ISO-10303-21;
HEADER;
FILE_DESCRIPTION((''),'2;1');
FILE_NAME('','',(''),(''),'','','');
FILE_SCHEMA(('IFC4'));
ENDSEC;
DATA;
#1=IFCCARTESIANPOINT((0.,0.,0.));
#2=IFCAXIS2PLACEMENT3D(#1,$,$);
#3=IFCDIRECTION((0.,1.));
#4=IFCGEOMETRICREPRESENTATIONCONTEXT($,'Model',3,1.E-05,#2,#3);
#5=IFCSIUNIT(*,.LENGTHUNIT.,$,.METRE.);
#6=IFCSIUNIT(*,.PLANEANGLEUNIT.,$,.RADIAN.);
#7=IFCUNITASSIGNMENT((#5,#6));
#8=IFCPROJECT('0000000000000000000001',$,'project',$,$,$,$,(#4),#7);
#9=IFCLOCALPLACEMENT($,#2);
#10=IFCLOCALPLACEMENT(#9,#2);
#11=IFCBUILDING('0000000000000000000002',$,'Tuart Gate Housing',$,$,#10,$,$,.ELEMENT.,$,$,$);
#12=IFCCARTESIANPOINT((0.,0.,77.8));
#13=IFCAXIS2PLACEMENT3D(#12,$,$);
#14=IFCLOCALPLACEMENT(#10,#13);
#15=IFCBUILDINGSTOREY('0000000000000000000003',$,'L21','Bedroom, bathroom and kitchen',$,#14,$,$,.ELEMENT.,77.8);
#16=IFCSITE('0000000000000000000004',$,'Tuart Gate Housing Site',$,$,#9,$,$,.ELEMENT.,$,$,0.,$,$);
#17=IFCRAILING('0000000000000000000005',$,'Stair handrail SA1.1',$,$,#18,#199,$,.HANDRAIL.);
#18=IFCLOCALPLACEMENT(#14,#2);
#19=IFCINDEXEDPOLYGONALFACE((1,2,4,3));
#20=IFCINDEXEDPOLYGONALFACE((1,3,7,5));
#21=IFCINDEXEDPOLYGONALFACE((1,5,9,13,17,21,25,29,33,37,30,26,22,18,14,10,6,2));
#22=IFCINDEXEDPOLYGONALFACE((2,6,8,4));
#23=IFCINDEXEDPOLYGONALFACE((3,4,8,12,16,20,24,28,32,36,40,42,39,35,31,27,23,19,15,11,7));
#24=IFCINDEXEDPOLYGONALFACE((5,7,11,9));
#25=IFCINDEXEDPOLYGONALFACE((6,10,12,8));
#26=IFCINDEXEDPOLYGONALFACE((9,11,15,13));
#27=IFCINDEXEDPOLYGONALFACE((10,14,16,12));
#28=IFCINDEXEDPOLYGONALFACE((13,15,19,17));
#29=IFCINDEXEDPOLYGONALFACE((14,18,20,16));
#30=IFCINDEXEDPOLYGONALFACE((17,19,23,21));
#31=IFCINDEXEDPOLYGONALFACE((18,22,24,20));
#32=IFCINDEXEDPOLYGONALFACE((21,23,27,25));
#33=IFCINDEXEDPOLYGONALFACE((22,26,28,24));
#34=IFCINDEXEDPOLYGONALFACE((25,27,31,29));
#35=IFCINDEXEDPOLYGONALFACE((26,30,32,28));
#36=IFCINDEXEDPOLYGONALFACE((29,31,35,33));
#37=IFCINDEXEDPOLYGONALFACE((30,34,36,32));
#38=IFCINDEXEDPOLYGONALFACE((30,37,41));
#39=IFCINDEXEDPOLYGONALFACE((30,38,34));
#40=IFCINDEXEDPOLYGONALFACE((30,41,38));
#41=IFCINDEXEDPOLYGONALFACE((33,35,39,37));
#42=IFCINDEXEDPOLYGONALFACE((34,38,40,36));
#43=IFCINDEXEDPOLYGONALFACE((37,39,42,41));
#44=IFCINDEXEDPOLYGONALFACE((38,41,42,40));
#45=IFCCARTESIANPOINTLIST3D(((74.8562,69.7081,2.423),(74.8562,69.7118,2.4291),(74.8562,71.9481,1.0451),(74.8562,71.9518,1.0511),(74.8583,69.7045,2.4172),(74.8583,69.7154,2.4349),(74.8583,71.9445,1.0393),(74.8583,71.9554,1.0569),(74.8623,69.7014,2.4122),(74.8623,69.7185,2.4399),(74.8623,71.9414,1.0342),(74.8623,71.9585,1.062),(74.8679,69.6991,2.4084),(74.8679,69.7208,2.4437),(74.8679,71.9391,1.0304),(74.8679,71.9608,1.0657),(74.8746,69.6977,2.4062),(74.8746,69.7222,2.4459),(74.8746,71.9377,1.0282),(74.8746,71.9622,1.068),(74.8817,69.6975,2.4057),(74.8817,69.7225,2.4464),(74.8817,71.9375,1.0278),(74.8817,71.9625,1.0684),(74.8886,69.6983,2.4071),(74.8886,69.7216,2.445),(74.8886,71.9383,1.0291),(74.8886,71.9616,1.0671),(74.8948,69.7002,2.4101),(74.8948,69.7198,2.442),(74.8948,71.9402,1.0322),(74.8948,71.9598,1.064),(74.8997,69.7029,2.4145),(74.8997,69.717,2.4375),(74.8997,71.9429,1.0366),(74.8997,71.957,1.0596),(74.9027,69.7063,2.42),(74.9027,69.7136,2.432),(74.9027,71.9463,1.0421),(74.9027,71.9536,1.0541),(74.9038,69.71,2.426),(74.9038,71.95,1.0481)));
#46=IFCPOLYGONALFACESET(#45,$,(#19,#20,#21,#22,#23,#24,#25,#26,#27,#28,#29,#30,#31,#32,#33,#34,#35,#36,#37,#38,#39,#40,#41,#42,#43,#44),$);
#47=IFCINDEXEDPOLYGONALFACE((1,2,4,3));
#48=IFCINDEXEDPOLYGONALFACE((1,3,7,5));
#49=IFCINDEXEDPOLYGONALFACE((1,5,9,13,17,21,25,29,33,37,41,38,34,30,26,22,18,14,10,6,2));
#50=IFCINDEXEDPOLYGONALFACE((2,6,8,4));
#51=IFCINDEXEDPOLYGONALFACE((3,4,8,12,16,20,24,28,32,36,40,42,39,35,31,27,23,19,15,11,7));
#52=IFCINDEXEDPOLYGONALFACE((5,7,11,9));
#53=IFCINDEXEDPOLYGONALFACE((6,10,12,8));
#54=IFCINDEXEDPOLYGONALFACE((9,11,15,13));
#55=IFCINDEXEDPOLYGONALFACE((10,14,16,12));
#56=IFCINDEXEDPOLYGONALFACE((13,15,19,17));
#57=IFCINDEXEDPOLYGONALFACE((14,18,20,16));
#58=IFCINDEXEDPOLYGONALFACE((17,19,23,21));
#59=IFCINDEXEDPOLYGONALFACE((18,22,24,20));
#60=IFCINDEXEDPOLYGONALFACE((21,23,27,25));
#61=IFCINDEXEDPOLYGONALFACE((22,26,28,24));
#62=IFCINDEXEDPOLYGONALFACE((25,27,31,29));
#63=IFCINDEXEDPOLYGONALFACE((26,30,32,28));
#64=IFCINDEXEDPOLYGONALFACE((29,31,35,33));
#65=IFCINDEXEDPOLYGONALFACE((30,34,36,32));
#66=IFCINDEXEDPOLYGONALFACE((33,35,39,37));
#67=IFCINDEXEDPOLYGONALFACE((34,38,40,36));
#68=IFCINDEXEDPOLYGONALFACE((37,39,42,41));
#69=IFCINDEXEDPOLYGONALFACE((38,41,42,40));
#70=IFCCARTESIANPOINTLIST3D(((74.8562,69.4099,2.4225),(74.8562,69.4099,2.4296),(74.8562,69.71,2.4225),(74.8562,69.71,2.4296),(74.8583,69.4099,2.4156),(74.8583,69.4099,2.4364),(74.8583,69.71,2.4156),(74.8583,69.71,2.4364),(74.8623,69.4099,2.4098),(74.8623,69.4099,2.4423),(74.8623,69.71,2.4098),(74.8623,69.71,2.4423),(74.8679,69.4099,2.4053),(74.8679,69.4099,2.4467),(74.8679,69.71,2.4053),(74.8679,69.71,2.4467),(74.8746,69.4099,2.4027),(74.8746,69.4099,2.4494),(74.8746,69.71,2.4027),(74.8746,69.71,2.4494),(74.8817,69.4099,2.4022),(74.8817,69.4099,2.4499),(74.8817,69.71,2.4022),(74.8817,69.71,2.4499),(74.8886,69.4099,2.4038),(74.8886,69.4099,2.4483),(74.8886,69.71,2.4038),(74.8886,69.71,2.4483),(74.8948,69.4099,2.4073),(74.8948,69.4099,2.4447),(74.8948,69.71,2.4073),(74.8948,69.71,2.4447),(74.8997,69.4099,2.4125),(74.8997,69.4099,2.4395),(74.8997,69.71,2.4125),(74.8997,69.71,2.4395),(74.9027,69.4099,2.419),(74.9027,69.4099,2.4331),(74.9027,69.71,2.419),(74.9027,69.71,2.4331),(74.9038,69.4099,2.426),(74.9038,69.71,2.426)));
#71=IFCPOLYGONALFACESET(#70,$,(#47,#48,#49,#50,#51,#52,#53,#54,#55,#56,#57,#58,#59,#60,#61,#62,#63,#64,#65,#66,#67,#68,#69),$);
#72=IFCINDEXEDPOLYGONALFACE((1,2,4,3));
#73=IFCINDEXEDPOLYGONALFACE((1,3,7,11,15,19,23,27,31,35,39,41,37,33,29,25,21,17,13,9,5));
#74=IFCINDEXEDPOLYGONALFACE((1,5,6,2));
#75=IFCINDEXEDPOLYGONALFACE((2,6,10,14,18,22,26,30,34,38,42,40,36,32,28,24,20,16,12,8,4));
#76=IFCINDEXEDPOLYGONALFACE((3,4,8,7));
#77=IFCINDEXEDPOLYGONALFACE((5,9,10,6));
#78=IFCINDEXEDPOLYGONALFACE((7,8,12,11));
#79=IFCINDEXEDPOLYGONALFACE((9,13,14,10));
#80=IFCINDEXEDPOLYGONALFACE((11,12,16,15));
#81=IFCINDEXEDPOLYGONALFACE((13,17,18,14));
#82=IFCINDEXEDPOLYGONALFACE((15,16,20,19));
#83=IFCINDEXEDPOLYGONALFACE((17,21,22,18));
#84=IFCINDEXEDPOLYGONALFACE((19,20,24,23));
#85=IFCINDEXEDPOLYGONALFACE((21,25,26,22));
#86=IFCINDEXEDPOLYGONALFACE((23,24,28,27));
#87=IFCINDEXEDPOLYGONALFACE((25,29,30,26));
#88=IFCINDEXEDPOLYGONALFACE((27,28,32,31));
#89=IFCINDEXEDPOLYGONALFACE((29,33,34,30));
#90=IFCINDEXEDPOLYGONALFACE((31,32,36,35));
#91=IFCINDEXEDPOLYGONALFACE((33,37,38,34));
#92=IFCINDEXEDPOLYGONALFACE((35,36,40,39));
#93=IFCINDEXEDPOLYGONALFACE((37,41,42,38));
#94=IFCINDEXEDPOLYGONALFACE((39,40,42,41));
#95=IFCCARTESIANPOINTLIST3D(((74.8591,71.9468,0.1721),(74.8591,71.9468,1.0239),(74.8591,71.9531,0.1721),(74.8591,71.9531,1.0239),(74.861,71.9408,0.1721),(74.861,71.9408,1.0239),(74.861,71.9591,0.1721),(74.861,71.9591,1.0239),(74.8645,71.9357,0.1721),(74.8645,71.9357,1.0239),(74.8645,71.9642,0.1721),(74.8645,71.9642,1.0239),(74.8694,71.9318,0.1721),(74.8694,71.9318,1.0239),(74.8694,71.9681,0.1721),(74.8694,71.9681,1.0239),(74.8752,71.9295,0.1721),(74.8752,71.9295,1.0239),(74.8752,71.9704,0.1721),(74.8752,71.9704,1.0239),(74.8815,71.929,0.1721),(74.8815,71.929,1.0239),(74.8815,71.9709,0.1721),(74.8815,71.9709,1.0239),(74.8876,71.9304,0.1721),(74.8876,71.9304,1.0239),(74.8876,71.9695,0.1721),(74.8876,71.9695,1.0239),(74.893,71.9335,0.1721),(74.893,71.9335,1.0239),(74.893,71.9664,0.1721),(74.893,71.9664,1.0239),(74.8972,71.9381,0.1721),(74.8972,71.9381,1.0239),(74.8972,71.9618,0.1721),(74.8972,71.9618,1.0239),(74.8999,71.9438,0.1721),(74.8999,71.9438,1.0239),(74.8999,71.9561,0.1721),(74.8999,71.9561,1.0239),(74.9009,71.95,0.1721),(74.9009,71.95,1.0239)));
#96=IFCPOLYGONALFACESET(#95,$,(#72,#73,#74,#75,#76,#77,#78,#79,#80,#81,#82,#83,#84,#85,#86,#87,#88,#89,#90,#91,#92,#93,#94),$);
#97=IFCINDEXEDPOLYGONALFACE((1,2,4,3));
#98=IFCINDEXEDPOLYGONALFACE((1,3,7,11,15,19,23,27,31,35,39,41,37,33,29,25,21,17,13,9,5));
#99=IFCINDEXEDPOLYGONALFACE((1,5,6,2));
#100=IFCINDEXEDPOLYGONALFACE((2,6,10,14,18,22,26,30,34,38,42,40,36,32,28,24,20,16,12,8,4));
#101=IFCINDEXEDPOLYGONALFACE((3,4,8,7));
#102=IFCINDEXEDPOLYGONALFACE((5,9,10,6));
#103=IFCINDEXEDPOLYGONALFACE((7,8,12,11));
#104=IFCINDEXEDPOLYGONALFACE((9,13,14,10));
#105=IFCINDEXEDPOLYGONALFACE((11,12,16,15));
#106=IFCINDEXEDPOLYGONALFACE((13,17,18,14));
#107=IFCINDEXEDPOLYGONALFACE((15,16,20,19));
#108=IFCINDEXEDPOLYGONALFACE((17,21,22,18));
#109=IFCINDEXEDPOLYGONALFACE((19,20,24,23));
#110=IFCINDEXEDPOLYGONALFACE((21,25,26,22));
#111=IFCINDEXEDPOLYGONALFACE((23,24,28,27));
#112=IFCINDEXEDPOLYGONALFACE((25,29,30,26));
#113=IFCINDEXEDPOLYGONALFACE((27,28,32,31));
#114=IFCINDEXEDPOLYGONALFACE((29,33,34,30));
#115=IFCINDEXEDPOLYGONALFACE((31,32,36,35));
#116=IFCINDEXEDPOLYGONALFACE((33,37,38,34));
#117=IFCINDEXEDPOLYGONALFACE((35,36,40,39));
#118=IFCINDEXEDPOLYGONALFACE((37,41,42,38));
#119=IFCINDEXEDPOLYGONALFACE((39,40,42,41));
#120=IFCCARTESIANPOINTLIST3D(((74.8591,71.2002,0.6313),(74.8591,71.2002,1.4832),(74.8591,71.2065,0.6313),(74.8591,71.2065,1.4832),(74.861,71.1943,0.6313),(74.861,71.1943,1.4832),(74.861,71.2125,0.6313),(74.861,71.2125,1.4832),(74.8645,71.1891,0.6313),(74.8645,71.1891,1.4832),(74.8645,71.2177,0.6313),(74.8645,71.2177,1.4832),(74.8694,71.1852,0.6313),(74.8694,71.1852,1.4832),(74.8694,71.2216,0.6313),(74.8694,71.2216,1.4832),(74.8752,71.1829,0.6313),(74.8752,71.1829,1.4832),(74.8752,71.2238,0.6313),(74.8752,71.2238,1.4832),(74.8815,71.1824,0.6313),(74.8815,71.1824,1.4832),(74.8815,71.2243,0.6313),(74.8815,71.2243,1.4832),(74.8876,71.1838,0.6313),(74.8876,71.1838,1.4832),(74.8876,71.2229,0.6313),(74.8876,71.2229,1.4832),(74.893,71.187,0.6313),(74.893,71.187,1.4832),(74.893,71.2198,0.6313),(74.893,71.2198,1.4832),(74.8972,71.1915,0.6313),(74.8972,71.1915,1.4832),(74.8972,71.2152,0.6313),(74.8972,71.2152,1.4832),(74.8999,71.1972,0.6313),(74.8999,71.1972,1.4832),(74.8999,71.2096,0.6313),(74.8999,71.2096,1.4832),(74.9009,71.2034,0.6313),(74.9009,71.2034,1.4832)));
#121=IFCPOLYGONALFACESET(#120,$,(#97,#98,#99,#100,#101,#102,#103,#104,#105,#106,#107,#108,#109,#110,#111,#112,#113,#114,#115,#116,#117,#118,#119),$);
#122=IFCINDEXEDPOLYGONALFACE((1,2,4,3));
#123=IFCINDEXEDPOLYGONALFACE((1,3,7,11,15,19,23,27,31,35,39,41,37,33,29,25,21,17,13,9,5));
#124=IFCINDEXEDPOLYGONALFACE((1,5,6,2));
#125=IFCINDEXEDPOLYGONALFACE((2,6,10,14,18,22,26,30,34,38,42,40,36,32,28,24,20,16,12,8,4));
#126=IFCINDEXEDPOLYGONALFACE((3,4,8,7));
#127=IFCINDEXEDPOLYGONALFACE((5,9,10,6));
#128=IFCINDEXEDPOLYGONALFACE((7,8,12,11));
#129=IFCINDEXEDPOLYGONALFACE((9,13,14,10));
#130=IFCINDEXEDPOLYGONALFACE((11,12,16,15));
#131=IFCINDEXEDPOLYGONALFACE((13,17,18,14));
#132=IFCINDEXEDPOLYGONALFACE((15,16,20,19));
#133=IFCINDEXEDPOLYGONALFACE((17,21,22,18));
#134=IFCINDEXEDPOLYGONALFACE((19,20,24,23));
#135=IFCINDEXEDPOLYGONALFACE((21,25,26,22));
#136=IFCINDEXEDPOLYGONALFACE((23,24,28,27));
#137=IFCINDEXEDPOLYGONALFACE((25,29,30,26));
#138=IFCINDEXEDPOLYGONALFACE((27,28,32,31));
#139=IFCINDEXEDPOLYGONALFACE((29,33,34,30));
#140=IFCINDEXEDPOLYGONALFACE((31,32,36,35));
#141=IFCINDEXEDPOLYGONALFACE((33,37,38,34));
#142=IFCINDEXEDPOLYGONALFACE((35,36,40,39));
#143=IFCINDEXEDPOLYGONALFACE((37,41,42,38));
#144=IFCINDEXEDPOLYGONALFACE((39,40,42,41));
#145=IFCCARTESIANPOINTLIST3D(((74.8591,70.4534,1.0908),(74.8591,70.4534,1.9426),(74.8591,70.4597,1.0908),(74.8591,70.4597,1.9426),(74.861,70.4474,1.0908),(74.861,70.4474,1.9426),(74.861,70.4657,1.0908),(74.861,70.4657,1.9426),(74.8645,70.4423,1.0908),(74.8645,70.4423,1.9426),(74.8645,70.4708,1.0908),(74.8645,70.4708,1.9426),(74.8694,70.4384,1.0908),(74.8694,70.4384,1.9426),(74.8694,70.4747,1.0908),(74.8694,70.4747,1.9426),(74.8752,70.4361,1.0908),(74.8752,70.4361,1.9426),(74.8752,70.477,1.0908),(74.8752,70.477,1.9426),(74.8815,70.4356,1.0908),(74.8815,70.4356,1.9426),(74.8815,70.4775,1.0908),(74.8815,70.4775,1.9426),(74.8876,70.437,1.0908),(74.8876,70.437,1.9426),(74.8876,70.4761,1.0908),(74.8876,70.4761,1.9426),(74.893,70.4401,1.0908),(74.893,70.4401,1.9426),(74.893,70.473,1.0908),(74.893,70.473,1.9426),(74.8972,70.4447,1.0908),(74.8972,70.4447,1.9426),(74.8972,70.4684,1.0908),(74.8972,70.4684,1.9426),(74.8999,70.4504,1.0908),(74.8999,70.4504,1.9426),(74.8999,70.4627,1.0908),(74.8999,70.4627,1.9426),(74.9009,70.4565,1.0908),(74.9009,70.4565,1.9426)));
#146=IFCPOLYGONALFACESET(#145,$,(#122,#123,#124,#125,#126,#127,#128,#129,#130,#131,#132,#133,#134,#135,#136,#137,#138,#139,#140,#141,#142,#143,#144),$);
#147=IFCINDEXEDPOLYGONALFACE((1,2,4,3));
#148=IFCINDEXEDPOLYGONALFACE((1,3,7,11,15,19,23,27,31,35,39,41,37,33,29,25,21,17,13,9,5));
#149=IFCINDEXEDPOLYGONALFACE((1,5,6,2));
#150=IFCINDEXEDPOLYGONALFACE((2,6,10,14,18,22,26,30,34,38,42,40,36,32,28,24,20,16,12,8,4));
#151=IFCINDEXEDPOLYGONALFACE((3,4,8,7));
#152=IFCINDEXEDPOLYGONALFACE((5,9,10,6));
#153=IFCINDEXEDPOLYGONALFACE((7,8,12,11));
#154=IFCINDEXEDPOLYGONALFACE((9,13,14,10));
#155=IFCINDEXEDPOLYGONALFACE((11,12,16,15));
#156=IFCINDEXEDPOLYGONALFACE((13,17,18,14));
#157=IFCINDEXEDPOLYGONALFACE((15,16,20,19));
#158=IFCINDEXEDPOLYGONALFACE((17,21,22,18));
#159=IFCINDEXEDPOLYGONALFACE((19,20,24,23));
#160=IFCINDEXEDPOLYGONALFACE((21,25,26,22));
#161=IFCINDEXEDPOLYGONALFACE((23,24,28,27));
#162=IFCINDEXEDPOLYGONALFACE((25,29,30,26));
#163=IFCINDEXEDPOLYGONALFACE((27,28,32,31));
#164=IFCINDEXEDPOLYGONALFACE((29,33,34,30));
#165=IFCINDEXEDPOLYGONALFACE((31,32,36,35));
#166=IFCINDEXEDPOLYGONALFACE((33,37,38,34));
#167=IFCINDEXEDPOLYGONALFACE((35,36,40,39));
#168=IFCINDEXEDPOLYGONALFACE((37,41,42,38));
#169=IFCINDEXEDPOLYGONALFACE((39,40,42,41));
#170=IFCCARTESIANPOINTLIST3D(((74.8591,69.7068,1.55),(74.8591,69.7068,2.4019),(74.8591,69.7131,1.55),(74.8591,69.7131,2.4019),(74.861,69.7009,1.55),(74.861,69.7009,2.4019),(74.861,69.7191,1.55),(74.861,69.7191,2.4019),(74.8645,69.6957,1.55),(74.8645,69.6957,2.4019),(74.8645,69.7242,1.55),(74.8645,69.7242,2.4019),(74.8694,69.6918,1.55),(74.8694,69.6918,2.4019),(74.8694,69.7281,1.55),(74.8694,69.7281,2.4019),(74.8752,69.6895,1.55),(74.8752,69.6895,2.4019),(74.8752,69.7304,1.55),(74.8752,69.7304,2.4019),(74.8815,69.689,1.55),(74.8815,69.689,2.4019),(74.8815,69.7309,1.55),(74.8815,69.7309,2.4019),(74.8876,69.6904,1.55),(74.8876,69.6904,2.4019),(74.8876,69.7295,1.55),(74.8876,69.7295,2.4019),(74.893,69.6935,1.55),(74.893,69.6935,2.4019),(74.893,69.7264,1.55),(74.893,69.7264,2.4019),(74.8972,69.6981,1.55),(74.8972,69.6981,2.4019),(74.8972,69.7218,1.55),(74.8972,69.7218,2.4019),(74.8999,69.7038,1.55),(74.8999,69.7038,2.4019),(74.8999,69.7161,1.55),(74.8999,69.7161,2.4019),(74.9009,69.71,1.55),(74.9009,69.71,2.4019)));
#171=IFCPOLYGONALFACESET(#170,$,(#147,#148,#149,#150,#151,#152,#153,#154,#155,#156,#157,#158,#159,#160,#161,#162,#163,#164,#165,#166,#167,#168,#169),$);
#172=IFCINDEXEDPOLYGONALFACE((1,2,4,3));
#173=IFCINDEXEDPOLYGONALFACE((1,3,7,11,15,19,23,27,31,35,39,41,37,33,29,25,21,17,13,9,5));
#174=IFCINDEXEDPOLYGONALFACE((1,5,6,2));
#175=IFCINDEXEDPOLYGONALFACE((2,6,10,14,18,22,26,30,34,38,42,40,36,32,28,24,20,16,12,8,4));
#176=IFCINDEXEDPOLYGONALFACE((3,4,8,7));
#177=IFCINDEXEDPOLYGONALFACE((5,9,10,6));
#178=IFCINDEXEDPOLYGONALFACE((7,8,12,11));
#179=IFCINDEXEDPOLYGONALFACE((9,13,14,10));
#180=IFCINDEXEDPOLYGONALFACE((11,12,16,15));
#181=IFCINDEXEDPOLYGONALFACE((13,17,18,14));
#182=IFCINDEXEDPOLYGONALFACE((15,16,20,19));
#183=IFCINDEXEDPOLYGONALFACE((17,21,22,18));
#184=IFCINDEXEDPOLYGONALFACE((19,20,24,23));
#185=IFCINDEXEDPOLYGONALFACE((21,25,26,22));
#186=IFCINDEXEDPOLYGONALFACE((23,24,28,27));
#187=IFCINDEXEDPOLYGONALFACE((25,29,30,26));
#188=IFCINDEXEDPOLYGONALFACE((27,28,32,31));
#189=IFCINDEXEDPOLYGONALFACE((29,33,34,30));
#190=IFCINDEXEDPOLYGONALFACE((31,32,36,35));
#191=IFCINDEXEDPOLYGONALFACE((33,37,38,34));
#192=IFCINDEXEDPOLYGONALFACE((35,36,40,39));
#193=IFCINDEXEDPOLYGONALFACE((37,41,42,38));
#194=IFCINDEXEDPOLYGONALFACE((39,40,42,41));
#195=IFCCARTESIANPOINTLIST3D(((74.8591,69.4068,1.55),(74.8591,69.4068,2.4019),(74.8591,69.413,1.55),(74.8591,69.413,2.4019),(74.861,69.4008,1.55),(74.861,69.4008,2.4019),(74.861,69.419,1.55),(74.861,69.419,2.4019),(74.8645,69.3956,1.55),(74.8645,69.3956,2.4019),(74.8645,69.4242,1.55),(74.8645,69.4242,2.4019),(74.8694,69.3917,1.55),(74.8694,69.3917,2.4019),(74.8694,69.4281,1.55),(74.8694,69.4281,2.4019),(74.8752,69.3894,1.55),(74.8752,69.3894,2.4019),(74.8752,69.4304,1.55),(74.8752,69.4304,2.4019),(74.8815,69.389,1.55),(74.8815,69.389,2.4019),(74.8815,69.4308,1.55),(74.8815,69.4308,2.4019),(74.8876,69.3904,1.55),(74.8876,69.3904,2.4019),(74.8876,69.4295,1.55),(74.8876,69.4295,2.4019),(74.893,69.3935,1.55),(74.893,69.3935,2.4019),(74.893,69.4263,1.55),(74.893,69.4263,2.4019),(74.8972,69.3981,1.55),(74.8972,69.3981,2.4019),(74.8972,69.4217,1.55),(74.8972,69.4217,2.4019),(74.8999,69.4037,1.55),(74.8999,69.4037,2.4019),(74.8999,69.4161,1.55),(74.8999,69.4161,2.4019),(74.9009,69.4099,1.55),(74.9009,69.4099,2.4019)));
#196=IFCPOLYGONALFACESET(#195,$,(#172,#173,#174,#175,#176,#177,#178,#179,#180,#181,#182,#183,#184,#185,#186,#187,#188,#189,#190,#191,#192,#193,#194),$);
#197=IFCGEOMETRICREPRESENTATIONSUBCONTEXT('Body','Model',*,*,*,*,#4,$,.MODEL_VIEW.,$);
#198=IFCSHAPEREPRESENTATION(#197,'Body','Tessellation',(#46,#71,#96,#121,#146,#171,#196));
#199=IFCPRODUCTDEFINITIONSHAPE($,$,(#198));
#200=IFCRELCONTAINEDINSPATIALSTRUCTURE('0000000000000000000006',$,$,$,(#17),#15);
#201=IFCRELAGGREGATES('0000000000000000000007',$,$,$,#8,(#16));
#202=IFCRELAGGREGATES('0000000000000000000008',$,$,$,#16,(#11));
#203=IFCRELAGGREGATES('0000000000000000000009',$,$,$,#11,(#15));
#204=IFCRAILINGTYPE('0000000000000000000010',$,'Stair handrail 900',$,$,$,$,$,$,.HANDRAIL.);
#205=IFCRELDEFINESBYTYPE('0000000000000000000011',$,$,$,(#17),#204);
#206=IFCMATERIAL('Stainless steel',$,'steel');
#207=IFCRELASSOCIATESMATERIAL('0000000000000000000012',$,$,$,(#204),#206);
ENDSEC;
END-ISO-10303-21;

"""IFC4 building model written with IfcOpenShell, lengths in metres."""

from ifc_helpers import new_model, si_unit, direction, frame, origin, origin_2d, place, context, subcontext, project, spatial, circle, extrude, material, type_object, element, save


model = new_model("IFC4")

# Units and contexts
model_context = context("Model", 3, precision=1e-05, world=origin(), true_north=direction((0.0, 1.0)))
body_context = subcontext(model_context, "Body", "Model", "MODEL_VIEW")
ifc_project = project(units=[si_unit("LENGTHUNIT", "METRE"), si_unit("PLANEANGLEUNIT", "RADIAN")], contexts=[model_context])

# Site, building, storey
site_placement = place(None, origin())
site = spatial("IfcSite", under=ifc_project, at=site_placement, Name="Tuart Gate Housing Site", CompositionType="ELEMENT", RefElevation=0.0)
building_placement = place(site_placement, origin())
building = spatial("IfcBuilding", under=site, at=building_placement, Name="Tuart Gate Housing", CompositionType="ELEMENT")
storey_placement = place(building_placement, frame((0.0, 0.0, 77.8)))
storey = spatial("IfcBuildingStorey", under=building, at=storey_placement, Name="L21", Description="Bedroom, bathroom and kitchen", CompositionType="ELEMENT", Elevation=77.8)

# Railing
ifc_material_1 = material(Name="Stainless steel", Category="steel")
railing_type = type_object("IfcRailingType", Name="Stair handrail 900", PredefinedType="HANDRAIL", material=ifc_material_1)
railing_placement = place(storey_placement, frame((74.8799, 71.95, 0.1721)))
element("IfcRailing", 1, at=railing_placement, inside=storey, type_object=railing_type, Name="Stair handrail SA1.1", PredefinedType="HANDRAIL", context=body_context, shape_type="SweptSolid", body=[
    extrude(circle(Radius=0.0239, at=origin_2d()), frame((0.0, 0.0, 0.876), z_axis=(0.0, -0.851748, 0.523952), x_axis=(1.0, 0.0, 0.0)), (0.0, 0.0, 1.0), 2.6299),
    extrude(circle(Radius=0.0239, at=origin_2d()), frame((0.0, -2.24, 2.2539), z_axis=(0.0, -1.0, 0.0), x_axis=(1.0, 0.0, 0.0)), (0.0, 0.0, 1.0), 0.3),
    extrude(circle(Radius=0.021, at=origin_2d()), origin(), (0.0, 0.0, 1.0), 0.8518),
    extrude(circle(Radius=0.021, at=origin_2d()), frame((0.0, -0.7466, 0.4592)), (0.0, 0.0, 1.0), 0.8518),
    extrude(circle(Radius=0.021, at=origin_2d()), frame((0.0, -1.4934, 0.9187)), (0.0, 0.0, 1.0), 0.8518),
    extrude(circle(Radius=0.021, at=origin_2d()), frame((0.0, -2.24, 1.3779)), (0.0, 0.0, 1.0), 0.8518),
    extrude(circle(Radius=0.021, at=origin_2d()), frame((0.0, -2.54, 1.3779)), (0.0, 0.0, 1.0), 0.8518),
])

save(model, "model.ifc")
